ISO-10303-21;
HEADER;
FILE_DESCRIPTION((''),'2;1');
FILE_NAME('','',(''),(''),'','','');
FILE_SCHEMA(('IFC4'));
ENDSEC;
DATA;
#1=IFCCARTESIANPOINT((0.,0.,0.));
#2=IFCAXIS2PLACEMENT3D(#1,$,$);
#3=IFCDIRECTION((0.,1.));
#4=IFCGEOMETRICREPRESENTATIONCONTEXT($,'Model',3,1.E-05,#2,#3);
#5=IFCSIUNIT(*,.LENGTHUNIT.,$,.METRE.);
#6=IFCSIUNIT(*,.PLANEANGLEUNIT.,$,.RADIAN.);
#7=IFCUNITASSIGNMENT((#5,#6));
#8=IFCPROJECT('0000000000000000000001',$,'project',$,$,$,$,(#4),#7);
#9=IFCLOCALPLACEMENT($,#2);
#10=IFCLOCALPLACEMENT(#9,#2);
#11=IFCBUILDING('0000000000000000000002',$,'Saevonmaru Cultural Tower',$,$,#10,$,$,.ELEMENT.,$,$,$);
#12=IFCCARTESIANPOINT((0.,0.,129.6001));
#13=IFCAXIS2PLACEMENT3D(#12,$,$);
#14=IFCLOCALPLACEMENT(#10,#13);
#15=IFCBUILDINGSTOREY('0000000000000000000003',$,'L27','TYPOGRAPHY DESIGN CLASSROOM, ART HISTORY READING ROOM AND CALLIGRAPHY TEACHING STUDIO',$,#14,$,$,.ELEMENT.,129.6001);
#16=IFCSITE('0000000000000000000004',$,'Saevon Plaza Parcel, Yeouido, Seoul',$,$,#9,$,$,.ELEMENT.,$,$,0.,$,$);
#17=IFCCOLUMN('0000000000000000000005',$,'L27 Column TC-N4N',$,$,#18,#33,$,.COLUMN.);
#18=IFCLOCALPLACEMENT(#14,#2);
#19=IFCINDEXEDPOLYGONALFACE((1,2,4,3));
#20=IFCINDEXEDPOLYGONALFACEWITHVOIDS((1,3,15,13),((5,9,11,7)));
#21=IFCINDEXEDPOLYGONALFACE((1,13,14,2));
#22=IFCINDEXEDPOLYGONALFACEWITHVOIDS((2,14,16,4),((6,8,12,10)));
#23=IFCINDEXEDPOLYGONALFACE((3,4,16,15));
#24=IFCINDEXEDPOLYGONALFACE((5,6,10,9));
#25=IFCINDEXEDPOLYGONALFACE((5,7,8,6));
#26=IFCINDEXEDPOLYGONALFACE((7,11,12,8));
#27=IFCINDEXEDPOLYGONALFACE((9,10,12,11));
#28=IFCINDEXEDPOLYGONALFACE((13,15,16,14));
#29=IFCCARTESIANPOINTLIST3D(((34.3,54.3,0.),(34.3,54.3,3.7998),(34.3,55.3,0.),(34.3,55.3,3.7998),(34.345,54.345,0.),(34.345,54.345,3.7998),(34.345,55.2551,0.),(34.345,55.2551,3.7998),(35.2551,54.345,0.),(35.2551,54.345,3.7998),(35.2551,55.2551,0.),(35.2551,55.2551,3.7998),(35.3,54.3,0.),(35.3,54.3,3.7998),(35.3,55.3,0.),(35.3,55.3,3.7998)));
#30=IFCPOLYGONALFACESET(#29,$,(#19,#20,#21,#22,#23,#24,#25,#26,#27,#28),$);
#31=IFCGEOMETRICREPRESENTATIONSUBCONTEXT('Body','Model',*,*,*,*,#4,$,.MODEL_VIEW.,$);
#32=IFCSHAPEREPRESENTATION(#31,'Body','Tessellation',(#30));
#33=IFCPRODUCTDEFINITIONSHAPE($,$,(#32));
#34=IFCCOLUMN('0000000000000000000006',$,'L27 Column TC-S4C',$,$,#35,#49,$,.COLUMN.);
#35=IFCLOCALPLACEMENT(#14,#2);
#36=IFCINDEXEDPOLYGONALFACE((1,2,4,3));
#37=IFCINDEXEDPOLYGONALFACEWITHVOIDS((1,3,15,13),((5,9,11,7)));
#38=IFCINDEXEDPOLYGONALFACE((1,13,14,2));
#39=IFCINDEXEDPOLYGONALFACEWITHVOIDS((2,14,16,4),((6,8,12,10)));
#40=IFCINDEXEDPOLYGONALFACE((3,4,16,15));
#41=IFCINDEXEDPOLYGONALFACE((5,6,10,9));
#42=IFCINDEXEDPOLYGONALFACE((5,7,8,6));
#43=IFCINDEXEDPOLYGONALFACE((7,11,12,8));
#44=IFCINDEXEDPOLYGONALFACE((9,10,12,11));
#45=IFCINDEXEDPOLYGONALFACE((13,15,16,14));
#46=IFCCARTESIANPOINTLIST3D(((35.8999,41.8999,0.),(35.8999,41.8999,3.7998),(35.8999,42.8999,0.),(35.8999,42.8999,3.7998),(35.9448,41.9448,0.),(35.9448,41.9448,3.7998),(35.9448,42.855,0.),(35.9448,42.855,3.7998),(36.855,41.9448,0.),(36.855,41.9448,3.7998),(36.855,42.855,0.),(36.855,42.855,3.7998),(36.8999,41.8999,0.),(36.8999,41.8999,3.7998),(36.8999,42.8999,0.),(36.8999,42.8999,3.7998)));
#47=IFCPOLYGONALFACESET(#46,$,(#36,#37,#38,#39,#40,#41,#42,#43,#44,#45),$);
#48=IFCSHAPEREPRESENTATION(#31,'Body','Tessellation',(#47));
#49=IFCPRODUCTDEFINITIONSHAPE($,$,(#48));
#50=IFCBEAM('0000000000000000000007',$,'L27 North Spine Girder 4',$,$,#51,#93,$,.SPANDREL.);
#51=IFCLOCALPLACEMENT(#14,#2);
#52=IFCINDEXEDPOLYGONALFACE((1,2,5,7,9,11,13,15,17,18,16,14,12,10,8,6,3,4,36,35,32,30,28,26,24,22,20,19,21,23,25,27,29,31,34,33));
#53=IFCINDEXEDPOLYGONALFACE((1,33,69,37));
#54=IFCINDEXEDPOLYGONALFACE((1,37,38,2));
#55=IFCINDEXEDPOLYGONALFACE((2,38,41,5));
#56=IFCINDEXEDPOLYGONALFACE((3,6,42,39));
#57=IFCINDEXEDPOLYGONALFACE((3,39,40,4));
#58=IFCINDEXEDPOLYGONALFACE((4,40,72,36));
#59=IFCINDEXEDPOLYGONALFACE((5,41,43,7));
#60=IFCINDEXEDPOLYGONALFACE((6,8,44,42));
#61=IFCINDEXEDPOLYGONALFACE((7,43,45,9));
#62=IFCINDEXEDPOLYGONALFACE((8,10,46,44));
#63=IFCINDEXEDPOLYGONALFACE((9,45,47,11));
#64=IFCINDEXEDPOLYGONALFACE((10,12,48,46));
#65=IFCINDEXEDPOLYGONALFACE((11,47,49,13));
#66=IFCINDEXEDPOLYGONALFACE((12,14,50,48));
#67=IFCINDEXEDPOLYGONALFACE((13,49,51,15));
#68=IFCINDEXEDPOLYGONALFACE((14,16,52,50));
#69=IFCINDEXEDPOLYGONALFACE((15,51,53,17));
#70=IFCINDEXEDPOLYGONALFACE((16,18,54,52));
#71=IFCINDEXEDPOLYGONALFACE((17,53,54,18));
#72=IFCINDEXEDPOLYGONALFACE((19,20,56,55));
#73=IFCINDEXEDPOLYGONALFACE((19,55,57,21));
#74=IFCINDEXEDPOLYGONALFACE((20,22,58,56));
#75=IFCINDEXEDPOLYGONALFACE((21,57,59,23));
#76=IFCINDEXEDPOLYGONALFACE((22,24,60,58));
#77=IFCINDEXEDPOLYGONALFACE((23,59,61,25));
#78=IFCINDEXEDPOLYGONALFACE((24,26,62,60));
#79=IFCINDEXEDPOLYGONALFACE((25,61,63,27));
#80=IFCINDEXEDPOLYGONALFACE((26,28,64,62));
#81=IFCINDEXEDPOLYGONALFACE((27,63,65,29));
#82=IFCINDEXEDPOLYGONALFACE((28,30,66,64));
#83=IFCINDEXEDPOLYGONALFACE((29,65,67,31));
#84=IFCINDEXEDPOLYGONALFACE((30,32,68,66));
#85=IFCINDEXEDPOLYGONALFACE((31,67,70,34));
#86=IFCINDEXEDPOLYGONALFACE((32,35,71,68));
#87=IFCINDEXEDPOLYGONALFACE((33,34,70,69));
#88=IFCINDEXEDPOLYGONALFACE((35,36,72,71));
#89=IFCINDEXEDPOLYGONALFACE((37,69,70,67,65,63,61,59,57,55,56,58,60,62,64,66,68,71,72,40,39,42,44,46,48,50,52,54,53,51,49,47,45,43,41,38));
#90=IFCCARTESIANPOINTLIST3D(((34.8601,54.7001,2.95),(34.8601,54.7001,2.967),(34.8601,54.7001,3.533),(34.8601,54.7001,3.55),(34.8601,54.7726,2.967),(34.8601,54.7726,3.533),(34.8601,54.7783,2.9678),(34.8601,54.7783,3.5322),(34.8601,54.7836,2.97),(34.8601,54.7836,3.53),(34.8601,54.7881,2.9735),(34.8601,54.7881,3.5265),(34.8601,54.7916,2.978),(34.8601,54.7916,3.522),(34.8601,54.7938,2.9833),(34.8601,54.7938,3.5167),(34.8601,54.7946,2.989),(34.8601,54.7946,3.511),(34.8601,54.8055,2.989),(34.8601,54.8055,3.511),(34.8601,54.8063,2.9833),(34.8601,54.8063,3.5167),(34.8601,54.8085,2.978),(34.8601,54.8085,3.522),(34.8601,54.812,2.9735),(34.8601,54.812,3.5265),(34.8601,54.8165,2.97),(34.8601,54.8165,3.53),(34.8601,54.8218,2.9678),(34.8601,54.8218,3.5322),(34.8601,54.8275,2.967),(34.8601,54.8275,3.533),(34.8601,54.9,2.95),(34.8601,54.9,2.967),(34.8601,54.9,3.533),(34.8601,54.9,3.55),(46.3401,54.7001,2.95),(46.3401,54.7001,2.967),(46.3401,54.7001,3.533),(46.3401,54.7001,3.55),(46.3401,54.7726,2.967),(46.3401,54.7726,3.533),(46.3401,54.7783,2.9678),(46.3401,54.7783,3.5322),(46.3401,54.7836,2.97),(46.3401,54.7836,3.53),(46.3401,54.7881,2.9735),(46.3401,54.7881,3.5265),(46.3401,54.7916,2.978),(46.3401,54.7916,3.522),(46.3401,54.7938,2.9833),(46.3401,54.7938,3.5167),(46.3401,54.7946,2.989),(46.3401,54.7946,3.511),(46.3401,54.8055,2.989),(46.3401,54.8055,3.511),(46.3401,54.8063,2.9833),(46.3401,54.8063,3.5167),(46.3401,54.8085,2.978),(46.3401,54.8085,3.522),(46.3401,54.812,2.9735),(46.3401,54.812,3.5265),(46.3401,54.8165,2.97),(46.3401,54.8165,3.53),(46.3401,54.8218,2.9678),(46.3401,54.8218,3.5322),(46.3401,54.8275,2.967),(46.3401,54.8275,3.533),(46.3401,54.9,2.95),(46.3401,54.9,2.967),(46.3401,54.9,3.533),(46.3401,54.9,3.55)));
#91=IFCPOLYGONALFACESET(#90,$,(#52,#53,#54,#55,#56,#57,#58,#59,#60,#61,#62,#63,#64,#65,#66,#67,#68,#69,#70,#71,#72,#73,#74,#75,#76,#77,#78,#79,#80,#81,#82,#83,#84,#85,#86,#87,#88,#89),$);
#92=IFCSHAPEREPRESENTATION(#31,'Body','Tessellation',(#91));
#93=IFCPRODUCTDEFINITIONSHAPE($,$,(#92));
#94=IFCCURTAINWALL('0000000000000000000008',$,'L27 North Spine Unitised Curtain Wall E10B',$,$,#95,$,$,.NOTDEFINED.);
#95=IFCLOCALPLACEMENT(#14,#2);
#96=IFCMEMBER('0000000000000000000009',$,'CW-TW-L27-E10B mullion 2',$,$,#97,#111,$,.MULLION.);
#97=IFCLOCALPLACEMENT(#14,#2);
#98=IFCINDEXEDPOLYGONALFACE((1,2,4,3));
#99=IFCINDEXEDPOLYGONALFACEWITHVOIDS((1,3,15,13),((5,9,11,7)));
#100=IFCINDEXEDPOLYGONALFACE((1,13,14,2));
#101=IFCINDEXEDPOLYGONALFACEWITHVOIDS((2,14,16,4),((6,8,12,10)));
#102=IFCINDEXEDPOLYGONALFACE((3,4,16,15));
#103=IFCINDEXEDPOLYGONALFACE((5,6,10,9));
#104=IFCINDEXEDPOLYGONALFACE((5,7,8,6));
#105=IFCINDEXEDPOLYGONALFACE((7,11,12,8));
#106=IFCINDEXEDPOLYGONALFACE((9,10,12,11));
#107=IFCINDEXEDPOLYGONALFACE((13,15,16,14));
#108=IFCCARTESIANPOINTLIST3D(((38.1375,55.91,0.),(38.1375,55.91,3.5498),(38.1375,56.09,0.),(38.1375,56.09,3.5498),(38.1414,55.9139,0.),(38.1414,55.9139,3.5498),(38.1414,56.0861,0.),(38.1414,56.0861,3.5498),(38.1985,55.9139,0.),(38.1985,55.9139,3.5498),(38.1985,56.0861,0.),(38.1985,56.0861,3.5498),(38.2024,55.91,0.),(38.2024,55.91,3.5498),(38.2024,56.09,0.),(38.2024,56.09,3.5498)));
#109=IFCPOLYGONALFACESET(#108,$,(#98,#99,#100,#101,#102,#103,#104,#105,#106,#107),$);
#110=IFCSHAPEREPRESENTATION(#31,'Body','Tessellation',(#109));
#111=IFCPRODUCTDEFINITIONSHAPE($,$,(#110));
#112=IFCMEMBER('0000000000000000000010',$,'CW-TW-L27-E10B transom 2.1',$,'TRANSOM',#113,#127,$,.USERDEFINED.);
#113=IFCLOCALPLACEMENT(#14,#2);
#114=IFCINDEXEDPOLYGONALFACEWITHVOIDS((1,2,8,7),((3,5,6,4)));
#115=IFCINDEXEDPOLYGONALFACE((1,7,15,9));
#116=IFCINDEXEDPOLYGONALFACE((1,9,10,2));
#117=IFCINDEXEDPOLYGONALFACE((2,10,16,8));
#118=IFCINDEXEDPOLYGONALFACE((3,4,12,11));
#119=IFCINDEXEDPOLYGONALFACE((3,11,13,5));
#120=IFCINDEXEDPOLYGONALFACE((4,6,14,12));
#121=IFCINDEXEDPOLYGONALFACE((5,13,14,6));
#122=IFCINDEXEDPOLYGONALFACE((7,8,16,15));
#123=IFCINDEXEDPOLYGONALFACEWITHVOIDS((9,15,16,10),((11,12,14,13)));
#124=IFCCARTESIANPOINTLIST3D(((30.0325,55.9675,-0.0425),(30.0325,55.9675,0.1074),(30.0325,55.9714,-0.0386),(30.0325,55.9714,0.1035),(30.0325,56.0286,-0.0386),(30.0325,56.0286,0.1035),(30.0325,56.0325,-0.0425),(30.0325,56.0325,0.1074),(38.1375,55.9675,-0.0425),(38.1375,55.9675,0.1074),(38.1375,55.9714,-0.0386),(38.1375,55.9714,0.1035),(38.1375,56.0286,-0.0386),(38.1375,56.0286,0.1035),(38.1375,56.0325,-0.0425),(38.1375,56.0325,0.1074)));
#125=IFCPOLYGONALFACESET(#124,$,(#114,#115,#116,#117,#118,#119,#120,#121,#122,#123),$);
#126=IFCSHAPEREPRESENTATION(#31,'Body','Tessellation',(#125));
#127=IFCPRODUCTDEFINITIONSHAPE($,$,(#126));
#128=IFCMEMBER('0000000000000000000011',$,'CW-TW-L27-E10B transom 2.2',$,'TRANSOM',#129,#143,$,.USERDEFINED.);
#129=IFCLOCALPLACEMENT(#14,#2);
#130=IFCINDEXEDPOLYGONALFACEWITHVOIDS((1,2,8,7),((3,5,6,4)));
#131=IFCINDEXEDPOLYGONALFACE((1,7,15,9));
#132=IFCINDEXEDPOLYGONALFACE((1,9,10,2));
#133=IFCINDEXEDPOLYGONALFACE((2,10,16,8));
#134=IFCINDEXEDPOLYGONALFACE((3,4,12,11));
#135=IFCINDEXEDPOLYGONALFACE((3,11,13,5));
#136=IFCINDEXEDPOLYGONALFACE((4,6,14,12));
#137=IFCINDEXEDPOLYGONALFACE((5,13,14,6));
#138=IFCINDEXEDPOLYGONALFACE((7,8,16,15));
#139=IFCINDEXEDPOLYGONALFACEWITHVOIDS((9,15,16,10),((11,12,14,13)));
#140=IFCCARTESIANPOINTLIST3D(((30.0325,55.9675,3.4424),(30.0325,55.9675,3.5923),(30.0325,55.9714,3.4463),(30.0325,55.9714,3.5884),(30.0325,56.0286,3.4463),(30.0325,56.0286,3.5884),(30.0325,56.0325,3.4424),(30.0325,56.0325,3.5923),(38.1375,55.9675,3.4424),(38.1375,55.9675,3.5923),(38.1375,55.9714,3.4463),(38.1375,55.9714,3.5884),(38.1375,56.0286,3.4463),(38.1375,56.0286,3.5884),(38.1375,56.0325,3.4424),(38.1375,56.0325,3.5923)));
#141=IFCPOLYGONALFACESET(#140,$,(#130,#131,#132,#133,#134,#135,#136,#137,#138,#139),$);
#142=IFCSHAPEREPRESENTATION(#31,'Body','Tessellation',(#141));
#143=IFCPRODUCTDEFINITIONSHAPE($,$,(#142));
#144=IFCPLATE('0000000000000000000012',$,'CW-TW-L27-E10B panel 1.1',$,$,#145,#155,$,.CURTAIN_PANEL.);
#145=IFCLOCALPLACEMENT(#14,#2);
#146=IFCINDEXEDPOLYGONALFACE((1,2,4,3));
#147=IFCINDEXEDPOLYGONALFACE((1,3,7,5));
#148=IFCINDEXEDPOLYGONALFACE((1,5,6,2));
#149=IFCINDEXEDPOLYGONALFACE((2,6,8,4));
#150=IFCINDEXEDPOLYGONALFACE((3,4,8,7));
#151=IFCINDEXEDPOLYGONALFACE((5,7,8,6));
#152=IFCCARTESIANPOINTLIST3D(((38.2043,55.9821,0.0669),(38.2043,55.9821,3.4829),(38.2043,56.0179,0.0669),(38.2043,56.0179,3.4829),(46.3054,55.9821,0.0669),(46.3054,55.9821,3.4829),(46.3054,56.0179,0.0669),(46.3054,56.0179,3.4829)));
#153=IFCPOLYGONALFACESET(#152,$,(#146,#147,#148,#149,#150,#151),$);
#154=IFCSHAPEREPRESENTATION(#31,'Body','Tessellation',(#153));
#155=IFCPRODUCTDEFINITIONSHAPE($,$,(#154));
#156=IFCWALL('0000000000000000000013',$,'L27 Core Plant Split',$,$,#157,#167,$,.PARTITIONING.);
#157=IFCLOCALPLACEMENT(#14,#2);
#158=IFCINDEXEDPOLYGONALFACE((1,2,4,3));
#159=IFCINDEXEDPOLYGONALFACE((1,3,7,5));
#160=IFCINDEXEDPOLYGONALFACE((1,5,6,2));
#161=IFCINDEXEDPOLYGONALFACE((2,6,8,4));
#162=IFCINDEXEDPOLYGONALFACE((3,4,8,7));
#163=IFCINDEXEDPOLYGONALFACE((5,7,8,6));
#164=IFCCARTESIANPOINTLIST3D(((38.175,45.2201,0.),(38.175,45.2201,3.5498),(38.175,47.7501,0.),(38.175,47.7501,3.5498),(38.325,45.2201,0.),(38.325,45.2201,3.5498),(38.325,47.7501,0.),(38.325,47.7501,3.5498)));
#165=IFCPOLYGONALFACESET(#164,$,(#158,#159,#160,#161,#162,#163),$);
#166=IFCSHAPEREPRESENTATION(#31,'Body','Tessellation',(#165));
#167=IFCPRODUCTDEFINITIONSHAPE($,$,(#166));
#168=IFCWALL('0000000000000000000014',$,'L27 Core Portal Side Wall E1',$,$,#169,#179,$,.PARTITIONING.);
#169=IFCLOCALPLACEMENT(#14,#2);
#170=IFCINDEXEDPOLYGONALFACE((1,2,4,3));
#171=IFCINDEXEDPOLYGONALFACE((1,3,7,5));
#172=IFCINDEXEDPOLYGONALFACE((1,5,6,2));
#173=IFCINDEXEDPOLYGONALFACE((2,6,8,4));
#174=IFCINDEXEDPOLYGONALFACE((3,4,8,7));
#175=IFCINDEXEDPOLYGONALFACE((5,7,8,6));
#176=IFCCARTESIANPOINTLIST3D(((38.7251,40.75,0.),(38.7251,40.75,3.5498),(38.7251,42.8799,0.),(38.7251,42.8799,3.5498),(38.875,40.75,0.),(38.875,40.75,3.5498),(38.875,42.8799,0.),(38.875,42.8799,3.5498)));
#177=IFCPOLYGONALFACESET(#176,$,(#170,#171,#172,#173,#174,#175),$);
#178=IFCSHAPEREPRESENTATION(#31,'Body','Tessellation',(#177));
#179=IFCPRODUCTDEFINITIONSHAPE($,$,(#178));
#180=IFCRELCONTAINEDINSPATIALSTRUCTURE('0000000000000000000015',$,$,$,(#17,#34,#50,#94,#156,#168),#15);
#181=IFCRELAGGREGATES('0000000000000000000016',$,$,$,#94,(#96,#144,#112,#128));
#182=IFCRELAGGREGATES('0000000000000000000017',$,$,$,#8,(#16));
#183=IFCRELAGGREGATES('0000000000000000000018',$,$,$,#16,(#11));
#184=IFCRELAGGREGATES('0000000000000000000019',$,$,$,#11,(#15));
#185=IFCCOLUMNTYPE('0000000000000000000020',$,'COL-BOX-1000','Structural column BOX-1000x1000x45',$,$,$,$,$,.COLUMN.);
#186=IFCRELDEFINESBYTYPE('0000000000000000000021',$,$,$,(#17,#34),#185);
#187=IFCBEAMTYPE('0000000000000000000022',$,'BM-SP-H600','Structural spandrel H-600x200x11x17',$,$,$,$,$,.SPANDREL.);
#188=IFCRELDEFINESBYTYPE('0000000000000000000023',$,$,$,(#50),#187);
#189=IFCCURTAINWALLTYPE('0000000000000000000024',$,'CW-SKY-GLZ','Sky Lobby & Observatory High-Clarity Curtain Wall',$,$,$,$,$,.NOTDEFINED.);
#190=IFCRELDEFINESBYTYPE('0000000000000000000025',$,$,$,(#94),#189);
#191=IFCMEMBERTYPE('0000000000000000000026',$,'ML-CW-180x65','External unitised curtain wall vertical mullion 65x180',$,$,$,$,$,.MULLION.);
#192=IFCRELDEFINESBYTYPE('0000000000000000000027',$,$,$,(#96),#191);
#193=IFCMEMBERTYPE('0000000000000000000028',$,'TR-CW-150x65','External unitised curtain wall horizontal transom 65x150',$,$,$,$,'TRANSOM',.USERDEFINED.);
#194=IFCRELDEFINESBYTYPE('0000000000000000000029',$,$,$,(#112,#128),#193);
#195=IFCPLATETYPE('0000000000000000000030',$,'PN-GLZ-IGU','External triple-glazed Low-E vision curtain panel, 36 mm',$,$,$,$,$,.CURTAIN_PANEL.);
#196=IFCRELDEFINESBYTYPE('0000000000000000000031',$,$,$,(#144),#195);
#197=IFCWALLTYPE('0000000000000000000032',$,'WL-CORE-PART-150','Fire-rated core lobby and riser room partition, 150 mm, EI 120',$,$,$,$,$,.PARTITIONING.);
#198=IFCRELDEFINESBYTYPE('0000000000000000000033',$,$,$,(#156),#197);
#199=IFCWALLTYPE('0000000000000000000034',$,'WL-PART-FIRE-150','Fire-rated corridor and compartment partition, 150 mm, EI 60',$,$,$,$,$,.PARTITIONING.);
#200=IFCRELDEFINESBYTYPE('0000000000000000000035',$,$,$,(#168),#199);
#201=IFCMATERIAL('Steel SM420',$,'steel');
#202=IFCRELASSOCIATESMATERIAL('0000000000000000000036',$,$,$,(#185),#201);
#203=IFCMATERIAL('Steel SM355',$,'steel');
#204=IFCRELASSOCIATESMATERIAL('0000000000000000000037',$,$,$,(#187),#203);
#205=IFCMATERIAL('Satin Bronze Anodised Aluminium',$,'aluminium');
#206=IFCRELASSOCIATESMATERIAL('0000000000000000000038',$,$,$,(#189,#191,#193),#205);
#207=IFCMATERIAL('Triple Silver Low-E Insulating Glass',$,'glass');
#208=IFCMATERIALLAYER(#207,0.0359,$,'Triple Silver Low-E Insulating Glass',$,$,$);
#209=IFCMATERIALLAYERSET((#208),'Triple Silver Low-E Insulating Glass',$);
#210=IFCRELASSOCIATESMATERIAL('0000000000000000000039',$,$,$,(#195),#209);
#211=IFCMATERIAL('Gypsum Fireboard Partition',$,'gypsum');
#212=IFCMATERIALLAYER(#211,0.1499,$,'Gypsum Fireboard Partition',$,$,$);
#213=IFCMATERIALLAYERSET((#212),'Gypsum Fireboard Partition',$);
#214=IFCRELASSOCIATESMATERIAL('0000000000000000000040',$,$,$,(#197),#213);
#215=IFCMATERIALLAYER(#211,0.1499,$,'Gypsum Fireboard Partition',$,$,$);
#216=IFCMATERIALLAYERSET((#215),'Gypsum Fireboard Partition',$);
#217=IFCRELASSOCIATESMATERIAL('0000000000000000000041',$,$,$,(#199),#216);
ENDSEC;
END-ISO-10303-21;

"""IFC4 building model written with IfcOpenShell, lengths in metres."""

from ifc_helpers import new_model, si_unit, direction, frame, frame_2d, origin, origin_2d, place, context, subcontext, project, spatial, rectangle, hollow_rectangle, i_section, extrude, material, layer, layer_set, material_profile, profile_set, type_object, element, aggregate, save


model = new_model("IFC4")

# Units and contexts
model_context = context("Model", 3, precision=1e-05, world=origin(), true_north=direction((0.0, 1.0)))
body_context = subcontext(model_context, "Body", "Model", "MODEL_VIEW")
ifc_project = project(units=[si_unit("LENGTHUNIT", "METRE"), si_unit("PLANEANGLEUNIT", "RADIAN")], contexts=[model_context])

# Site, building, storey
site_placement = place(None, origin())
site = spatial("IfcSite", under=ifc_project, at=site_placement, Name="Saevon Plaza Parcel, Yeouido, Seoul", CompositionType="ELEMENT", RefElevation=0.0)
building_placement = place(site_placement, origin())
building = spatial("IfcBuilding", under=site, at=building_placement, Name="Saevonmaru Cultural Tower", CompositionType="ELEMENT")
storey_placement = place(building_placement, frame((0.0, 0.0, 129.6001)))
storey = spatial("IfcBuildingStorey", under=building, at=storey_placement, Name="L27", Description="TYPOGRAPHY DESIGN CLASSROOM, ART HISTORY READING ROOM AND CALLIGRAPHY TEACHING STUDIO", CompositionType="ELEMENT", Elevation=129.6001)

# Columns
ifc_material_1 = material(Name="Steel SM420", Category="steel")
ifc_material_profile_1 = material_profile(ifc_material_1, hollow_rectangle(XDim=1.0, YDim=1.0, WallThickness=0.0449, at=origin_2d()), Name="BOX-1000x1000x45")
ifc_profile_set_1 = profile_set([ifc_material_profile_1], Name="Steel SM420")
column_type = type_object("IfcColumnType", Name="COL-BOX-1000", Description="Structural column BOX-1000x1000x45", PredefinedType="COLUMN", material=ifc_profile_set_1)
for number, where, z_axis, x_axis, name in (
    (1, (34.8, 54.8, 0.0), (0.0, 0.0, 1.0), (1.0, 0.0, 0.0), "L27 Column TC-N4N"),
    (2, (36.3999, 42.3999, 0.0), (0.0, 0.0, 1.0), (1.0, 0.0, 0.0), "L27 Column TC-S4C"),
):
    element("IfcColumn", number, at=place(storey_placement, frame(where, z_axis=z_axis, x_axis=x_axis)), inside=storey, type_object=column_type, Name=name, PredefinedType="COLUMN", context=body_context, shape_type="SweptSolid", body=[
        extrude(hollow_rectangle(XDim=1.0, YDim=1.0, WallThickness=0.0449, at=origin_2d()), origin(), (0.0, 0.0, 1.0), 3.7998),
    ])

# Beam
ifc_material_2 = material(Name="Steel SM355", Category="steel")
ifc_material_profile_2 = material_profile(ifc_material_2, i_section(OverallWidth=0.2, OverallDepth=0.6001, WebThickness=0.011, FlangeThickness=0.0171, FilletRadius=0.022, at=origin_2d()), Name="H-600x200x11x17")
ifc_profile_set_2 = profile_set([ifc_material_profile_2], Name="Steel SM355")
beam_type = type_object("IfcBeamType", Name="BM-SP-H600", Description="Structural spandrel H-600x200x11x17", PredefinedType="SPANDREL", material=ifc_profile_set_2)
beam_placement = place(storey_placement, frame((34.8601, 54.8, 3.25), z_axis=(1.0, 0.0, 0.0), x_axis=(0.0, 1.0, 0.0)))
element("IfcBeam", 3, at=beam_placement, inside=storey, type_object=beam_type, Name="L27 North Spine Girder 4", PredefinedType="SPANDREL", context=body_context, shape_type="SweptSolid", body=[
    extrude(i_section(OverallWidth=0.2, OverallDepth=0.6001, WebThickness=0.011, FlangeThickness=0.0171, FilletRadius=0.022, at=origin_2d()), origin(), (0.0, 0.0, 1.0), 11.48),
])

# Curtain wall, members, plate
ifc_material_3 = material(Name="Satin Bronze Anodised Aluminium", Category="aluminium")
curtain_wall_type = type_object("IfcCurtainWallType", Name="CW-SKY-GLZ", Description="Sky Lobby & Observatory High-Clarity Curtain Wall", PredefinedType="NOTDEFINED", material=ifc_material_3)
curtain_wall_placement = place(storey_placement, origin())
curtain_wall = element("IfcCurtainWall", 4, at=curtain_wall_placement, inside=storey, type_object=curtain_wall_type, Name="L27 North Spine Unitised Curtain Wall E10B", PredefinedType="NOTDEFINED")
ifc_material_profile_3 = material_profile(ifc_material_3, hollow_rectangle(XDim=0.0649, YDim=0.1799, WallThickness=0.0039, at=origin_2d()), Name="ALU-MULL-180x65x4")
ifc_profile_set_3 = profile_set([ifc_material_profile_3], Name="Satin Bronze Anodised Aluminium")
member_type_1 = type_object("IfcMemberType", Name="ML-CW-180x65", Description="External unitised curtain wall vertical mullion 65x180", PredefinedType="MULLION", material=ifc_profile_set_3)
member_1_placement = place(storey_placement, frame((38.1699, 56.0, 0.0), z_axis=(0.0, 0.0, 1.0), x_axis=(-1.0, 0.0, 0.0)))
member_1 = element("IfcMember", 5, at=member_1_placement, type_object=member_type_1, Name="CW-TW-L27-E10B mullion 2", PredefinedType="MULLION", context=body_context, shape_type="SweptSolid", body=[
    extrude(hollow_rectangle(XDim=0.0649, YDim=0.1799, WallThickness=0.0039, at=origin_2d()), origin(), (0.0, 0.0, 1.0), 3.5498),
])
ifc_material_profile_4 = material_profile(ifc_material_3, hollow_rectangle(XDim=0.0649, YDim=0.1499, WallThickness=0.0039, at=origin_2d()), Name="ALU-TRAN-150x65x4")
ifc_profile_set_4 = profile_set([ifc_material_profile_4], Name="Satin Bronze Anodised Aluminium")
member_type_2 = type_object("IfcMemberType", Name="TR-CW-150x65", Description="External unitised curtain wall horizontal transom 65x150", ElementType="TRANSOM", PredefinedType="USERDEFINED", material=ifc_profile_set_4)
member_2_placement = place(storey_placement, frame((38.1375, 56.0, 0.0325), z_axis=(-1.0, 0.0, 0.0), x_axis=(0.0, -1.0, 0.0)))
member_2 = element("IfcMember", 6, at=member_2_placement, type_object=member_type_2, Name="CW-TW-L27-E10B transom 2.1", ObjectType="TRANSOM", PredefinedType="USERDEFINED", context=body_context, shape_type="SweptSolid", body=[
    extrude(hollow_rectangle(XDim=0.0649, YDim=0.1499, WallThickness=0.0039, at=origin_2d()), origin(), (0.0, 0.0, 1.0), 8.105),
])
member_3_placement = place(storey_placement, frame((38.1375, 56.0, 3.5173), z_axis=(-1.0, 0.0, 0.0), x_axis=(0.0, -1.0, 0.0)))
member_3 = element("IfcMember", 7, at=member_3_placement, type_object=member_type_2, Name="CW-TW-L27-E10B transom 2.2", ObjectType="TRANSOM", PredefinedType="USERDEFINED", context=body_context, shape_type="SweptSolid", body=[
    extrude(hollow_rectangle(XDim=0.0649, YDim=0.1499, WallThickness=0.0039, at=origin_2d()), origin(), (0.0, 0.0, 1.0), 8.105),
])
ifc_material_4 = material(Name="Triple Silver Low-E Insulating Glass", Category="glass")
ifc_layer_1 = layer(ifc_material_4, 0.0359, Name="Triple Silver Low-E Insulating Glass")
ifc_layer_set_1 = layer_set([ifc_layer_1], Name="Triple Silver Low-E Insulating Glass")
plate_type = type_object("IfcPlateType", Name="PN-GLZ-IGU", Description="External triple-glazed Low-E vision curtain panel, 36 mm", PredefinedType="CURTAIN_PANEL", material=ifc_layer_set_1)
plate_placement = place(storey_placement, frame((42.2549, 56.0, 0.0669), z_axis=(0.0, 0.0, 1.0), x_axis=(-1.0, 0.0, 0.0)))
plate = element("IfcPlate", 8, at=plate_placement, type_object=plate_type, Name="CW-TW-L27-E10B panel 1.1", PredefinedType="CURTAIN_PANEL", context=body_context, shape_type="SweptSolid", body=[
    extrude(rectangle(XDim=8.1011, YDim=0.0359, at=origin_2d()), origin(), (0.0, 0.0, 1.0), 3.416),
])
aggregate(curtain_wall, [member_1, plate, member_2, member_3])

# Walls
ifc_material_5 = material(Name="Gypsum Fireboard Partition", Category="gypsum")
ifc_layer_2 = layer(ifc_material_5, 0.1499, Name="Gypsum Fireboard Partition")
ifc_layer_set_2 = layer_set([ifc_layer_2], Name="Gypsum Fireboard Partition")
wall_type_1 = type_object("IfcWallType", Name="WL-CORE-PART-150", Description="Fire-rated core lobby and riser room partition, 150 mm, EI 120", PredefinedType="PARTITIONING", material=ifc_layer_set_2)
wall_1_placement = place(storey_placement, frame((38.25, 45.22, 0.0), z_axis=(0.0, 0.0, 1.0), x_axis=(0.0, 1.0, 0.0)))
element("IfcWall", 9, at=wall_1_placement, inside=storey, type_object=wall_type_1, Name="L27 Core Plant Split", PredefinedType="PARTITIONING", context=body_context, shape_type="SweptSolid", body=[
    extrude(rectangle(XDim=2.53, YDim=0.1499, at=frame_2d((1.2651, 0.0))), origin(), (0.0, 0.0, 1.0), 3.5498),
])
ifc_layer_3 = layer(ifc_material_5, 0.1499, Name="Gypsum Fireboard Partition")
ifc_layer_set_3 = layer_set([ifc_layer_3], Name="Gypsum Fireboard Partition")
wall_type_2 = type_object("IfcWallType", Name="WL-PART-FIRE-150", Description="Fire-rated corridor and compartment partition, 150 mm, EI 60", PredefinedType="PARTITIONING", material=ifc_layer_set_3)
for number, where, z_axis, x_axis, name in (
    (10, (38.8, 40.75, 0.0), (0.0, 0.0, 1.0), (0.0, 1.0, 0.0), "L27 Core Portal Side Wall E1"),
):
    element("IfcWall", number, at=place(storey_placement, frame(where, z_axis=z_axis, x_axis=x_axis)), inside=storey, type_object=wall_type_2, Name=name, PredefinedType="PARTITIONING", context=body_context, shape_type="SweptSolid", body=[
        extrude(rectangle(XDim=2.1299, YDim=0.1499, at=frame_2d((1.0649, 0.0))), origin(), (0.0, 0.0, 1.0), 3.5498),
    ])

save(model, "model.ifc")
